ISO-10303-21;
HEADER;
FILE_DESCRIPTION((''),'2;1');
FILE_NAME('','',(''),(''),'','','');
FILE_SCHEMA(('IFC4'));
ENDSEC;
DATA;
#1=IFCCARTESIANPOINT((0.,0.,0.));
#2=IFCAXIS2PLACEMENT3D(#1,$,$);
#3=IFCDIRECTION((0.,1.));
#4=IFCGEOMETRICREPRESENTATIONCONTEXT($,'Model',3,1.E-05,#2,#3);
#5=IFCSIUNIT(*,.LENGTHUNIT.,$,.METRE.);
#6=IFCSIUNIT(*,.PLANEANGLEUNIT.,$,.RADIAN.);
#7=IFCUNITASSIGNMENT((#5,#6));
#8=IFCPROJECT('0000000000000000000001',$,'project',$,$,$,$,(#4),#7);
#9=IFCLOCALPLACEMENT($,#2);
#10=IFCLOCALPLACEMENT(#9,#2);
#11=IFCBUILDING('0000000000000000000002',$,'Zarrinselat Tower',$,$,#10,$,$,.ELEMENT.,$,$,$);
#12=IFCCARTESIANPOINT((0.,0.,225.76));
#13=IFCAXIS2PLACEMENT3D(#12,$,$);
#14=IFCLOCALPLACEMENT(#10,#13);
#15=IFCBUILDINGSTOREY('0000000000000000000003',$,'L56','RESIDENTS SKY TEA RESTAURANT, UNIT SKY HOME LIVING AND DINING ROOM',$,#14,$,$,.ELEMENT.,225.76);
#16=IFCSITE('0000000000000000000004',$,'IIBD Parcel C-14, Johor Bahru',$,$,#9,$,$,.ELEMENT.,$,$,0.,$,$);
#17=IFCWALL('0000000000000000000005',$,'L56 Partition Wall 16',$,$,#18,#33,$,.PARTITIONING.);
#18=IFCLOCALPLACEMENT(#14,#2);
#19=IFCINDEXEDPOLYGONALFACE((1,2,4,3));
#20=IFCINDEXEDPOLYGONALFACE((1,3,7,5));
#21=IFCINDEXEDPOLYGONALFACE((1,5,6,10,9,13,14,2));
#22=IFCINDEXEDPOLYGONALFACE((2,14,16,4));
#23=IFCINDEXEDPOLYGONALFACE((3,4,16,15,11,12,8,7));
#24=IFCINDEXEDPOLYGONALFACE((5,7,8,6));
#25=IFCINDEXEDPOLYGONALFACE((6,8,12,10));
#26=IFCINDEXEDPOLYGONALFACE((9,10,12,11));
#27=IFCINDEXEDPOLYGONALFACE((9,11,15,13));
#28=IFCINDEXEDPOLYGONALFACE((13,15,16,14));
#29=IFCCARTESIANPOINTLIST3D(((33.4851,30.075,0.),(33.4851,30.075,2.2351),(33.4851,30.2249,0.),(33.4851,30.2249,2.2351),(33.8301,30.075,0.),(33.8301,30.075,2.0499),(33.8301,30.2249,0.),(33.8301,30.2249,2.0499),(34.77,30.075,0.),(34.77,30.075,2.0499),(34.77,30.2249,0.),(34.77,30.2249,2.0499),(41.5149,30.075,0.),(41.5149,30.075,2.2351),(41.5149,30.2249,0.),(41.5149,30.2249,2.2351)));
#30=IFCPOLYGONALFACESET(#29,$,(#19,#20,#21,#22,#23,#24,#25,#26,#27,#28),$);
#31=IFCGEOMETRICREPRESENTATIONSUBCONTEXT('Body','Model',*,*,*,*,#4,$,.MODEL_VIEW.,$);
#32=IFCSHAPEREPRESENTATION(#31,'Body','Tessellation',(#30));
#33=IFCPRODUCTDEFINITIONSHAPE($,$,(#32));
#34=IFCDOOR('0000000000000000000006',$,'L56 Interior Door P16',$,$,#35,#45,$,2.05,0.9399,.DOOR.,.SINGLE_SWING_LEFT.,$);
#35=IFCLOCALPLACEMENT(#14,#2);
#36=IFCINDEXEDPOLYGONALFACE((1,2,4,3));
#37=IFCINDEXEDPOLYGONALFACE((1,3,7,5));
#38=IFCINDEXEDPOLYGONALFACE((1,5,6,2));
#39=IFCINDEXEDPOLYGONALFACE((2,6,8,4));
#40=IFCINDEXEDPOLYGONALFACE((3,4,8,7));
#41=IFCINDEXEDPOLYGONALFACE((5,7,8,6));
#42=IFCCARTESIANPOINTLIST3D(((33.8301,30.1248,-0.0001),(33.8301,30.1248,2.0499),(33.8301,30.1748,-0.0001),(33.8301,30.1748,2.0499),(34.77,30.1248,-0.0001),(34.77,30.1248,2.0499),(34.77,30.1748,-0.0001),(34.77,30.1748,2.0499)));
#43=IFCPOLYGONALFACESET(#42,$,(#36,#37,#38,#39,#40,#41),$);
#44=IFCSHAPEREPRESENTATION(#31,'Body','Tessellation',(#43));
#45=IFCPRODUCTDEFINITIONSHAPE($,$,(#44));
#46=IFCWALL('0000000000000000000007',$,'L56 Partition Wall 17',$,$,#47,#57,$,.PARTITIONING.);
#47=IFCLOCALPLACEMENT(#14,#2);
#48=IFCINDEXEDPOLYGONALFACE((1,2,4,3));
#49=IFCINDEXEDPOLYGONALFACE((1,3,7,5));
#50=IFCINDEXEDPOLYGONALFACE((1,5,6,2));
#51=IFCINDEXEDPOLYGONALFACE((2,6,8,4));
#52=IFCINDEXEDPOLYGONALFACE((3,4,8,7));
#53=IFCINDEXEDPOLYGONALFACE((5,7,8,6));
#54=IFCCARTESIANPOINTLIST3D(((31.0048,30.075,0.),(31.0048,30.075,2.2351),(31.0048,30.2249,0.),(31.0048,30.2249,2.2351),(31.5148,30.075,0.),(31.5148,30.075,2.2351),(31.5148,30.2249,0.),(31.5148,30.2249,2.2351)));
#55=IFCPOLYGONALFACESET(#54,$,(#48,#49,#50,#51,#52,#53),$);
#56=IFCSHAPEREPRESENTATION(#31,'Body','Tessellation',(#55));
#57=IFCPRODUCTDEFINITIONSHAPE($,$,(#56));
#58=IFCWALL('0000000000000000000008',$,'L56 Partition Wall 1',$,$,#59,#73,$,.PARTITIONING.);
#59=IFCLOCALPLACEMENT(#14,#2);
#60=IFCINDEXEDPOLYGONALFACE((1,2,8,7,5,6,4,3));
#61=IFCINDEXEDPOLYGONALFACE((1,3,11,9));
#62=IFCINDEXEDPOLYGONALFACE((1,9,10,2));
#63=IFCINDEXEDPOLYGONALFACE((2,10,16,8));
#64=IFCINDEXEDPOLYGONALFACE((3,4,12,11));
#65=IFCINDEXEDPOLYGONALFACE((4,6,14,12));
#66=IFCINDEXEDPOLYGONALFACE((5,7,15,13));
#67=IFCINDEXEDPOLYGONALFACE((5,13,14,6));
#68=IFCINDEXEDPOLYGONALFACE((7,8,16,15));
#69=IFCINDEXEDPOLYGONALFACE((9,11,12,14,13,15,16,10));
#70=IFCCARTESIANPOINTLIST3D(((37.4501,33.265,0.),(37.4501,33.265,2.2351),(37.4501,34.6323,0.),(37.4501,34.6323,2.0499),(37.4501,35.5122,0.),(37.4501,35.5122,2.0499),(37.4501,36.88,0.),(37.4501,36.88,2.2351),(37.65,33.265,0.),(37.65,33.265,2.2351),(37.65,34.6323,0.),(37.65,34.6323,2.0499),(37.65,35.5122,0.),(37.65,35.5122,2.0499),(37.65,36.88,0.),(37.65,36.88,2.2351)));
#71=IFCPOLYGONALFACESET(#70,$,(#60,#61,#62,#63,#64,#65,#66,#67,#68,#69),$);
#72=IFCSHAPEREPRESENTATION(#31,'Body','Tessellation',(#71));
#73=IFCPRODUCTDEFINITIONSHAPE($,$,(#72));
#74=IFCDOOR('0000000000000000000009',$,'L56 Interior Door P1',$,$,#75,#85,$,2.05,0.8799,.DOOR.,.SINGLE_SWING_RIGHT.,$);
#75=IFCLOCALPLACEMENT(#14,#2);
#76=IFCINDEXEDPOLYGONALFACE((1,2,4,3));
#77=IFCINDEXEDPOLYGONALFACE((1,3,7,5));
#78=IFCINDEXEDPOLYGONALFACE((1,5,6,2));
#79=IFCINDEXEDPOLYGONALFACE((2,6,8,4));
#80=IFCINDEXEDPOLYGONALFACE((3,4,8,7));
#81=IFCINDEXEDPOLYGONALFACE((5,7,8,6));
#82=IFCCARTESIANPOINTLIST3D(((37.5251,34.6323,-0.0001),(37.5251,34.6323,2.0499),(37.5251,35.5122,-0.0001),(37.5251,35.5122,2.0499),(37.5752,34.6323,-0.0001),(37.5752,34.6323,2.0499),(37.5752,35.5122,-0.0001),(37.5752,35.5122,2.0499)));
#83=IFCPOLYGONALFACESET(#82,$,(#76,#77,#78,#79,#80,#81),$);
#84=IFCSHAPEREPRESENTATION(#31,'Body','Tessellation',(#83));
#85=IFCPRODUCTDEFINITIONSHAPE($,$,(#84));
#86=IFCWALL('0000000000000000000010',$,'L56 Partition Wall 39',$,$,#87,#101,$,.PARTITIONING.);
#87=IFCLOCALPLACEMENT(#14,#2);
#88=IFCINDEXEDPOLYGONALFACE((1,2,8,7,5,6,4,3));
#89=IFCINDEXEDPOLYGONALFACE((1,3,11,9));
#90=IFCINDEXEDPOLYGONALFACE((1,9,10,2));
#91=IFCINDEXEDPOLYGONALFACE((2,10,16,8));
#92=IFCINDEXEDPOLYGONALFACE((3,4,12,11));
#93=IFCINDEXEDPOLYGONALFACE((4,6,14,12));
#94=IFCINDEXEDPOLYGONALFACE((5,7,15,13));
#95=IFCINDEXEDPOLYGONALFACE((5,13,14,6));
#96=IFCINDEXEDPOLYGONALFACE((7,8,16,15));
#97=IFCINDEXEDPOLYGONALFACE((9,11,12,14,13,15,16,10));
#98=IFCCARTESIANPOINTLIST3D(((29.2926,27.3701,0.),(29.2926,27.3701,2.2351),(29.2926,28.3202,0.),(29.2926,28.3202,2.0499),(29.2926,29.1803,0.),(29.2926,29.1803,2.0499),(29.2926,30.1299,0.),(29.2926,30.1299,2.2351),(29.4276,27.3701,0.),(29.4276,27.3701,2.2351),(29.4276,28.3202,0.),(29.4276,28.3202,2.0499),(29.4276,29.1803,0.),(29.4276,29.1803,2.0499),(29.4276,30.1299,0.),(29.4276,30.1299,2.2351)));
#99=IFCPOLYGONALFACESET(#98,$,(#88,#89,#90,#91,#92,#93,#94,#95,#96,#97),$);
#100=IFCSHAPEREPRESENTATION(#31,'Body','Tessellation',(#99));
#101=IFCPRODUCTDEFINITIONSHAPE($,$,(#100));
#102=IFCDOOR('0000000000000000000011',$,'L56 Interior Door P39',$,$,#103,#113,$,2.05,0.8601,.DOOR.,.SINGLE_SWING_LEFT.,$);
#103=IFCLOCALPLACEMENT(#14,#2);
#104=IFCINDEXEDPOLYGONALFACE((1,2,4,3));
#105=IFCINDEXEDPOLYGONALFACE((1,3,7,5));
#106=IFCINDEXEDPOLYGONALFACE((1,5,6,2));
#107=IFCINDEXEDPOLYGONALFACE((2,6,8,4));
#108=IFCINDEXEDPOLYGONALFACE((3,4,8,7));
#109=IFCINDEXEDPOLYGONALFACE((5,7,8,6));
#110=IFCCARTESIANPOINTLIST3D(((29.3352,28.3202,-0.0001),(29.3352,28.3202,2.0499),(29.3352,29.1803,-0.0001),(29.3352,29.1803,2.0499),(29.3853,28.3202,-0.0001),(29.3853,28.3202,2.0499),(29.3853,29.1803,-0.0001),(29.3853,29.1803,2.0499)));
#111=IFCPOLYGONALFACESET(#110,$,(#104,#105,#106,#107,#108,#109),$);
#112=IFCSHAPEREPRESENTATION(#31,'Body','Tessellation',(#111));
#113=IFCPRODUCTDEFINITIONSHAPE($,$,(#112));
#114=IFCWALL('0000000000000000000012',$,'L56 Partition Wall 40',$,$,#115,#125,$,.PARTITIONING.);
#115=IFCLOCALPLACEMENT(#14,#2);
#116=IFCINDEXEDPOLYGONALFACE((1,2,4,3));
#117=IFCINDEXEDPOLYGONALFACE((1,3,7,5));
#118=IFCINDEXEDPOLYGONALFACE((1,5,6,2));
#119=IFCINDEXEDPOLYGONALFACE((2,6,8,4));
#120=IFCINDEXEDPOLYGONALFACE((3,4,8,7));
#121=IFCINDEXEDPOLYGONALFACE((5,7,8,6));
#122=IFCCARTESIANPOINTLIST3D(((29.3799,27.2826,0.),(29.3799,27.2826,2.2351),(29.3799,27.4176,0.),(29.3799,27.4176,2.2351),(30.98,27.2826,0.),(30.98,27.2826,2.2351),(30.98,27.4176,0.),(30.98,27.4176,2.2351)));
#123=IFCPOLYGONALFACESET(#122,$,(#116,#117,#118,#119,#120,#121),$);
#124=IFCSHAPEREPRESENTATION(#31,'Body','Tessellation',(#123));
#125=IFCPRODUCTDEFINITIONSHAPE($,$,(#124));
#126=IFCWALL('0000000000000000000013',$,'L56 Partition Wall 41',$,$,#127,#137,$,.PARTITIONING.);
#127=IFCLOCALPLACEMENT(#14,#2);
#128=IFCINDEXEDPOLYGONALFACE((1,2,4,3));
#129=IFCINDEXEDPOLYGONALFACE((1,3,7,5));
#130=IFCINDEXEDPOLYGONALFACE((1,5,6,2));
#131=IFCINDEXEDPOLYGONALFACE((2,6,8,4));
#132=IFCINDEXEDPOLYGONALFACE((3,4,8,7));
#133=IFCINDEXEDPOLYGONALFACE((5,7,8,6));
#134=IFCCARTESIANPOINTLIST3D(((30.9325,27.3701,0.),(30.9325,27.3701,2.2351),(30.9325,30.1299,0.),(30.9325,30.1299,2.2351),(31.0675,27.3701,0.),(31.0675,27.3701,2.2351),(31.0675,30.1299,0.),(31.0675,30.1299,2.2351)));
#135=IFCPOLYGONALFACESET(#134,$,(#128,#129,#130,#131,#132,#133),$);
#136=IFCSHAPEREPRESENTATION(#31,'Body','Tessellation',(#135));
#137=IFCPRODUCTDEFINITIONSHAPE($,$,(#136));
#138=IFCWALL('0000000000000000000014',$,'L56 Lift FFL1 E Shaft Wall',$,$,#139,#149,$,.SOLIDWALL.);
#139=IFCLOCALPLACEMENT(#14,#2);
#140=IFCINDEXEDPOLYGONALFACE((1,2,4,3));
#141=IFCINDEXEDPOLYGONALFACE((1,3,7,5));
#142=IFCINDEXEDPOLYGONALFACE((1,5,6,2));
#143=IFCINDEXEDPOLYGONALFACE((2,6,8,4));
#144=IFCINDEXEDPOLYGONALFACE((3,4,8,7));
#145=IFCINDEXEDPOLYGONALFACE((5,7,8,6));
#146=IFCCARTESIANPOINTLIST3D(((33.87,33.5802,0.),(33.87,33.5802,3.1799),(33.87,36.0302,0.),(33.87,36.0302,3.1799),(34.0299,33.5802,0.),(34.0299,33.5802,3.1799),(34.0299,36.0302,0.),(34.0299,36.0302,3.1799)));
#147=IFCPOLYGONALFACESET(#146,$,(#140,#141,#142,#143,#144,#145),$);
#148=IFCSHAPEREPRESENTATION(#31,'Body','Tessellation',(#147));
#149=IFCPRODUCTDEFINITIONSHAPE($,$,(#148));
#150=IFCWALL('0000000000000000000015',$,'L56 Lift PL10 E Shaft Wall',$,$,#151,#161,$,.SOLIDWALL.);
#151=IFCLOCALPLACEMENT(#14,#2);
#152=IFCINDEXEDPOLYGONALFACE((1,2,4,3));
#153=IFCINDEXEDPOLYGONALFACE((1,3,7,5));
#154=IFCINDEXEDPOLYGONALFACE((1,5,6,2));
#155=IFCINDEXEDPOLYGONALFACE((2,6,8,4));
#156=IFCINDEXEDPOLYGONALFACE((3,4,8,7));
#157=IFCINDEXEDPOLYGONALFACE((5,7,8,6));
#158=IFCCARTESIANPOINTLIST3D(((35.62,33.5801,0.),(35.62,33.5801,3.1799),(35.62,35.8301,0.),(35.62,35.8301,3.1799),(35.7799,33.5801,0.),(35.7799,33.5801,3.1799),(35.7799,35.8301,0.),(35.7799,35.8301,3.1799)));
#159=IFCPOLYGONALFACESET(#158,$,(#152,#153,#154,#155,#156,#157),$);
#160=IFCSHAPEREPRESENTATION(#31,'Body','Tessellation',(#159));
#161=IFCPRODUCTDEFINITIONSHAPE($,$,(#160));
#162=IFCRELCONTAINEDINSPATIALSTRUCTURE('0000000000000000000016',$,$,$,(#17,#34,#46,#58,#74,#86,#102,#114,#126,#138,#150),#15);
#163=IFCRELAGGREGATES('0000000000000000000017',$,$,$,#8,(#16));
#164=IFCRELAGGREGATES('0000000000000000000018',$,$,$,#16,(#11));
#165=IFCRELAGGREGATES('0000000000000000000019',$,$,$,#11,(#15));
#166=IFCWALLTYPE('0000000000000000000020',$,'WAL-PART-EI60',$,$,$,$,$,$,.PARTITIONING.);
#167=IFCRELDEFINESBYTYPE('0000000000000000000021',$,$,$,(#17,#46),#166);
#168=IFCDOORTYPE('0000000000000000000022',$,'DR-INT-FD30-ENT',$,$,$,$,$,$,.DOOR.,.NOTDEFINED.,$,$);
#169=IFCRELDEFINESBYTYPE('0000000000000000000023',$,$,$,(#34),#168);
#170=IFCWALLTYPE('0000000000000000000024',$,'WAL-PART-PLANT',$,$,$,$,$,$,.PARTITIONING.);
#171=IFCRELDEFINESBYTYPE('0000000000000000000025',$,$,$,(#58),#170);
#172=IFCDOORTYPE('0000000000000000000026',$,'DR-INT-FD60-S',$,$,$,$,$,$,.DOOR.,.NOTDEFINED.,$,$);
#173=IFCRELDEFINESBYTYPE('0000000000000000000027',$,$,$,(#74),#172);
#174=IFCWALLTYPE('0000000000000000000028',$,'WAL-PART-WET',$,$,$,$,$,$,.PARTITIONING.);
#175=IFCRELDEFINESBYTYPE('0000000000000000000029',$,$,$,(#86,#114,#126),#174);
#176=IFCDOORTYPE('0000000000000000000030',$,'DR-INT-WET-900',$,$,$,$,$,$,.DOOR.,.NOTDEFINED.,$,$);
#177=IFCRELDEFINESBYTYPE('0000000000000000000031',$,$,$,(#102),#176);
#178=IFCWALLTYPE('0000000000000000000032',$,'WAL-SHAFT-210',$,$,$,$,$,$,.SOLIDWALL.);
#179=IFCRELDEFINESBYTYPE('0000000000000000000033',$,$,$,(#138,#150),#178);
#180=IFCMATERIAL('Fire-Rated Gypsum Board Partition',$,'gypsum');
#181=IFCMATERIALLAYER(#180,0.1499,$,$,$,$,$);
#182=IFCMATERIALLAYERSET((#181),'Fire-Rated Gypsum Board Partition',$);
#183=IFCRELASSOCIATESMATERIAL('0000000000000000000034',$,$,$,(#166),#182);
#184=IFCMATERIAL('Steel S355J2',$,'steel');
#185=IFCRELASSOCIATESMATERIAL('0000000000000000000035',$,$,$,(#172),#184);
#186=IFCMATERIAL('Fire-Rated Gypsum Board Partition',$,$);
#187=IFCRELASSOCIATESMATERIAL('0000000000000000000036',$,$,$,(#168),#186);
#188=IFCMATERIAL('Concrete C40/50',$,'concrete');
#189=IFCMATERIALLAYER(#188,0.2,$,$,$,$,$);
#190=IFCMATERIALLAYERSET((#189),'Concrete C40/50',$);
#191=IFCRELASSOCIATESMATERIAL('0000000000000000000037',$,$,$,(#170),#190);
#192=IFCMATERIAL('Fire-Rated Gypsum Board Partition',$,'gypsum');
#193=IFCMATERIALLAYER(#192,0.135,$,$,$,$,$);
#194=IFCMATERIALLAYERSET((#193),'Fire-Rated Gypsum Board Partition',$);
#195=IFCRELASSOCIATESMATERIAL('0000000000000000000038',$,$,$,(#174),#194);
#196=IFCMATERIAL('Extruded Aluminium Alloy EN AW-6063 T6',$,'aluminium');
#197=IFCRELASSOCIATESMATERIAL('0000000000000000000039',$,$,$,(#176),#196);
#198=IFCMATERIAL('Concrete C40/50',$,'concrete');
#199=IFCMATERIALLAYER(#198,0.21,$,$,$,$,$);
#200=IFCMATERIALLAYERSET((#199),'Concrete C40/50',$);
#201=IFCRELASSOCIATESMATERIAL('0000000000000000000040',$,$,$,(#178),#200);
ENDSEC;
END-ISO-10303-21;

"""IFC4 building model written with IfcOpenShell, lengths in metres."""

from ifc_helpers import new_model, si_unit, direction, frame, frame_2d, origin, place, context, subcontext, project, spatial, rectangle, extrude, material, layer, layer_set, type_object, element, fill, save


model = new_model("IFC4")

# Units and contexts
model_context = context("Model", 3, precision=1e-05, world=origin(), true_north=direction((0.0, 1.0)))
body_context = subcontext(model_context, "Body", "Model", "MODEL_VIEW")
ifc_project = project(units=[si_unit("LENGTHUNIT", "METRE"), si_unit("PLANEANGLEUNIT", "RADIAN")], contexts=[model_context])

# Site, building, storey
site_placement = place(None, origin())
site = spatial("IfcSite", under=ifc_project, at=site_placement, Name="IIBD Parcel C-14, Johor Bahru", CompositionType="ELEMENT", RefElevation=0.0)
building_placement = place(site_placement, origin())
building = spatial("IfcBuilding", under=site, at=building_placement, Name="Zarrinselat Tower", CompositionType="ELEMENT")
storey_placement = place(building_placement, frame((0.0, 0.0, 225.76)))
storey = spatial("IfcBuildingStorey", under=building, at=storey_placement, Name="L56", Description="RESIDENTS SKY TEA RESTAURANT, UNIT SKY HOME LIVING AND DINING ROOM", CompositionType="ELEMENT", Elevation=225.76)

# Shared definitions
ifc_material_1 = material(Name="Fire-Rated Gypsum Board Partition", Category="gypsum")
ifc_layer_1 = layer(ifc_material_1, 0.1499)
ifc_layer_set_1 = layer_set([ifc_layer_1], Name="Fire-Rated Gypsum Board Partition")
wall_type_1 = type_object("IfcWallType", Name="WAL-PART-EI60", PredefinedType="PARTITIONING", material=ifc_layer_set_1)
ifc_material_2 = material(Name="Steel S355J2", Category="steel")
door_type_1 = type_object("IfcDoorType", Name="DR-INT-FD60-S", OperationType="NOTDEFINED", PredefinedType="DOOR", material=ifc_material_2)

# Wall, opening, door
wall_1_placement = place(storey_placement, frame((33.4851, 30.1499, 0.0), z_axis=(0.0, 0.0, 1.0), x_axis=(1.0, 0.0, 0.0)))
wall_1 = element("IfcWall", 1, at=wall_1_placement, inside=storey, type_object=wall_type_1, Name="L56 Partition Wall 16", PredefinedType="PARTITIONING", context=body_context, shape_type="SweptSolid", body=[
    extrude(rectangle(XDim=8.0298, YDim=0.1499, at=frame_2d((4.0149, 0.0))), origin(), (0.0, 0.0, 1.0), 2.2351),
])
opening_1_placement = place(wall_1_placement, frame((0.345, 0.0, 0.0)))
opening_1 = element("IfcOpeningElement", 2, at=opening_1_placement, cuts=wall_1, PredefinedType="OPENING", context=body_context, shape_type="SweptSolid", body=[
    extrude(rectangle(XDim=0.9399, YDim=2.05, at=frame_2d((0.47, 1.0249))), frame((0.0, 0.085, 0.0), z_axis=(0.0, -1.0, 0.0), x_axis=(1.0, 0.0, 0.0)), (0.0, 0.0, 1.0), 0.1699),
])
ifc_material_3 = material(Name="Fire-Rated Gypsum Board Partition")
door_type_2 = type_object("IfcDoorType", Name="DR-INT-FD30-ENT", OperationType="NOTDEFINED", PredefinedType="DOOR", material=ifc_material_3)
door_1_placement = place(opening_1_placement, origin())
door_1 = element("IfcDoor", 3, at=door_1_placement, inside=storey, type_object=door_type_2, Name="L56 Interior Door P16", OperationType="SINGLE_SWING_LEFT", OverallHeight=2.05, OverallWidth=0.9399, PredefinedType="DOOR", context=body_context, shape_type="SweptSolid", body=[
    extrude(rectangle(XDim=0.9399, YDim=2.05, at=frame_2d((0.47, 1.0249))), frame((0.0, 0.0249, 0.0), z_axis=(0.0, -1.0, 0.0), x_axis=(1.0, 0.0, 0.0)), (0.0, 0.0, 1.0), 0.05),
])
fill(opening_1, door_1)

# Wall
wall_2_placement = place(storey_placement, frame((31.0049, 30.1499, 0.0), z_axis=(0.0, 0.0, 1.0), x_axis=(1.0, 0.0, 0.0)))
element("IfcWall", 4, at=wall_2_placement, inside=storey, type_object=wall_type_1, Name="L56 Partition Wall 17", PredefinedType="PARTITIONING", context=body_context, shape_type="SweptSolid", body=[
    extrude(rectangle(XDim=0.51, YDim=0.1499, at=frame_2d((0.2549, 0.0))), origin(), (0.0, 0.0, 1.0), 2.2351),
])

# Walls, openings, doors
ifc_material_4 = material(Name="Concrete C40/50", Category="concrete")
ifc_layer_2 = layer(ifc_material_4, 0.2)
ifc_layer_set_2 = layer_set([ifc_layer_2], Name="Concrete C40/50")
wall_type_2 = type_object("IfcWallType", Name="WAL-PART-PLANT", PredefinedType="PARTITIONING", material=ifc_layer_set_2)
wall_3_placement = place(storey_placement, frame((37.55, 33.2649, 0.0), z_axis=(0.0, 0.0, 1.0), x_axis=(0.0, 1.0, 0.0)))
wall_3 = element("IfcWall", 5, at=wall_3_placement, inside=storey, type_object=wall_type_2, Name="L56 Partition Wall 1", PredefinedType="PARTITIONING", context=body_context, shape_type="SweptSolid", body=[
    extrude(rectangle(XDim=3.615, YDim=0.2, at=frame_2d((1.8076, 0.0))), origin(), (0.0, 0.0, 1.0), 2.2351),
])
opening_2_placement = place(wall_3_placement, frame((1.3674, 0.0, 0.0)))
opening_2 = element("IfcOpeningElement", 6, at=opening_2_placement, cuts=wall_3, PredefinedType="OPENING", context=body_context, shape_type="SweptSolid", body=[
    extrude(rectangle(XDim=0.8799, YDim=2.05, at=frame_2d((0.4399, 1.0249))), frame((0.0, 0.1099, 0.0), z_axis=(0.0, -1.0, 0.0), x_axis=(1.0, 0.0, 0.0)), (0.0, 0.0, 1.0), 0.22),
])
door_2_placement = place(opening_2_placement, origin())
door_2 = element("IfcDoor", 7, at=door_2_placement, inside=storey, type_object=door_type_1, Name="L56 Interior Door P1", OperationType="SINGLE_SWING_RIGHT", OverallHeight=2.05, OverallWidth=0.8799, PredefinedType="DOOR", context=body_context, shape_type="SweptSolid", body=[
    extrude(rectangle(XDim=0.8799, YDim=2.05, at=frame_2d((0.4399, 1.0249))), frame((0.0, 0.0249, 0.0), z_axis=(0.0, -1.0, 0.0), x_axis=(1.0, 0.0, 0.0)), (0.0, 0.0, 1.0), 0.05),
])
fill(opening_2, door_2)
ifc_material_5 = material(Name="Fire-Rated Gypsum Board Partition", Category="gypsum")
ifc_layer_3 = layer(ifc_material_5, 0.135)
ifc_layer_set_3 = layer_set([ifc_layer_3], Name="Fire-Rated Gypsum Board Partition")
wall_type_3 = type_object("IfcWallType", Name="WAL-PART-WET", PredefinedType="PARTITIONING", material=ifc_layer_set_3)
wall_4_placement = place(storey_placement, frame((29.3601, 27.3701, 0.0), z_axis=(0.0, 0.0, 1.0), x_axis=(0.0, 1.0, 0.0)))
wall_4 = element("IfcWall", 8, at=wall_4_placement, inside=storey, type_object=wall_type_3, Name="L56 Partition Wall 39", PredefinedType="PARTITIONING", context=body_context, shape_type="SweptSolid", body=[
    extrude(rectangle(XDim=2.7598, YDim=0.135, at=frame_2d((1.3799, 0.0))), origin(), (0.0, 0.0, 1.0), 2.2351),
])
opening_3_placement = place(wall_4_placement, frame((0.95, 0.0, 0.0)))
opening_3 = element("IfcOpeningElement", 9, at=opening_3_placement, cuts=wall_4, PredefinedType="OPENING", context=body_context, shape_type="SweptSolid", body=[
    extrude(rectangle(XDim=0.8601, YDim=2.05, at=frame_2d((0.4302, 1.0249))), frame((0.0, 0.0774, 0.0), z_axis=(0.0, -1.0, 0.0), x_axis=(1.0, 0.0, 0.0)), (0.0, 0.0, 1.0), 0.155),
])
ifc_material_6 = material(Name="Extruded Aluminium Alloy EN AW-6063 T6", Category="aluminium")
door_type_3 = type_object("IfcDoorType", Name="DR-INT-WET-900", OperationType="NOTDEFINED", PredefinedType="DOOR", material=ifc_material_6)
door_3_placement = place(opening_3_placement, origin())
door_3 = element("IfcDoor", 10, at=door_3_placement, inside=storey, type_object=door_type_3, Name="L56 Interior Door P39", OperationType="SINGLE_SWING_LEFT", OverallHeight=2.05, OverallWidth=0.8601, PredefinedType="DOOR", context=body_context, shape_type="SweptSolid", body=[
    extrude(rectangle(XDim=0.8601, YDim=2.05, at=frame_2d((0.4302, 1.0249))), frame((0.0, 0.0249, 0.0), z_axis=(0.0, -1.0, 0.0), x_axis=(1.0, 0.0, 0.0)), (0.0, 0.0, 1.0), 0.05),
])
fill(opening_3, door_3)

# Walls
wall_5_placement = place(storey_placement, frame((29.3799, 27.3501, 0.0), z_axis=(0.0, 0.0, 1.0), x_axis=(1.0, 0.0, 0.0)))
element("IfcWall", 11, at=wall_5_placement, inside=storey, type_object=wall_type_3, Name="L56 Partition Wall 40", PredefinedType="PARTITIONING", context=body_context, shape_type="SweptSolid", body=[
    extrude(rectangle(XDim=1.6001, YDim=0.135, at=frame_2d((0.8, 0.0))), origin(), (0.0, 0.0, 1.0), 2.2351),
])
wall_6_placement = place(storey_placement, frame((31.0, 27.3701, 0.0), z_axis=(0.0, 0.0, 1.0), x_axis=(0.0, 1.0, 0.0)))
element("IfcWall", 12, at=wall_6_placement, inside=storey, type_object=wall_type_3, Name="L56 Partition Wall 41", PredefinedType="PARTITIONING", context=body_context, shape_type="SweptSolid", body=[
    extrude(rectangle(XDim=2.7598, YDim=0.135, at=frame_2d((1.3799, 0.0))), origin(), (0.0, 0.0, 1.0), 2.2351),
])
ifc_material_7 = material(Name="Concrete C40/50", Category="concrete")
ifc_layer_4 = layer(ifc_material_7, 0.21)
ifc_layer_set_4 = layer_set([ifc_layer_4], Name="Concrete C40/50")
wall_type_4 = type_object("IfcWallType", Name="WAL-SHAFT-210", PredefinedType="SOLIDWALL", material=ifc_layer_set_4)
wall_7_placement = place(storey_placement, frame((33.95, 33.5801, 0.0), z_axis=(0.0, 0.0, 1.0), x_axis=(0.0, 1.0, 0.0)))
element("IfcWall", 13, at=wall_7_placement, inside=storey, type_object=wall_type_4, Name="L56 Lift FFL1 E Shaft Wall", PredefinedType="SOLIDWALL", context=body_context, shape_type="SweptSolid", body=[
    extrude(rectangle(XDim=2.45, YDim=0.1599, at=frame_2d((1.2251, 0.0))), origin(), (0.0, 0.0, 1.0), 3.1799),
])
wall_8_placement = place(storey_placement, frame((35.7, 33.5801, 0.0), z_axis=(0.0, 0.0, 1.0), x_axis=(0.0, 1.0, 0.0)))
element("IfcWall", 14, at=wall_8_placement, inside=storey, type_object=wall_type_4, Name="L56 Lift PL10 E Shaft Wall", PredefinedType="SOLIDWALL", context=body_context, shape_type="SweptSolid", body=[
    extrude(rectangle(XDim=2.25, YDim=0.1599, at=frame_2d((1.125, 0.0))), origin(), (0.0, 0.0, 1.0), 3.1799),
])

save(model, "model.ifc")
